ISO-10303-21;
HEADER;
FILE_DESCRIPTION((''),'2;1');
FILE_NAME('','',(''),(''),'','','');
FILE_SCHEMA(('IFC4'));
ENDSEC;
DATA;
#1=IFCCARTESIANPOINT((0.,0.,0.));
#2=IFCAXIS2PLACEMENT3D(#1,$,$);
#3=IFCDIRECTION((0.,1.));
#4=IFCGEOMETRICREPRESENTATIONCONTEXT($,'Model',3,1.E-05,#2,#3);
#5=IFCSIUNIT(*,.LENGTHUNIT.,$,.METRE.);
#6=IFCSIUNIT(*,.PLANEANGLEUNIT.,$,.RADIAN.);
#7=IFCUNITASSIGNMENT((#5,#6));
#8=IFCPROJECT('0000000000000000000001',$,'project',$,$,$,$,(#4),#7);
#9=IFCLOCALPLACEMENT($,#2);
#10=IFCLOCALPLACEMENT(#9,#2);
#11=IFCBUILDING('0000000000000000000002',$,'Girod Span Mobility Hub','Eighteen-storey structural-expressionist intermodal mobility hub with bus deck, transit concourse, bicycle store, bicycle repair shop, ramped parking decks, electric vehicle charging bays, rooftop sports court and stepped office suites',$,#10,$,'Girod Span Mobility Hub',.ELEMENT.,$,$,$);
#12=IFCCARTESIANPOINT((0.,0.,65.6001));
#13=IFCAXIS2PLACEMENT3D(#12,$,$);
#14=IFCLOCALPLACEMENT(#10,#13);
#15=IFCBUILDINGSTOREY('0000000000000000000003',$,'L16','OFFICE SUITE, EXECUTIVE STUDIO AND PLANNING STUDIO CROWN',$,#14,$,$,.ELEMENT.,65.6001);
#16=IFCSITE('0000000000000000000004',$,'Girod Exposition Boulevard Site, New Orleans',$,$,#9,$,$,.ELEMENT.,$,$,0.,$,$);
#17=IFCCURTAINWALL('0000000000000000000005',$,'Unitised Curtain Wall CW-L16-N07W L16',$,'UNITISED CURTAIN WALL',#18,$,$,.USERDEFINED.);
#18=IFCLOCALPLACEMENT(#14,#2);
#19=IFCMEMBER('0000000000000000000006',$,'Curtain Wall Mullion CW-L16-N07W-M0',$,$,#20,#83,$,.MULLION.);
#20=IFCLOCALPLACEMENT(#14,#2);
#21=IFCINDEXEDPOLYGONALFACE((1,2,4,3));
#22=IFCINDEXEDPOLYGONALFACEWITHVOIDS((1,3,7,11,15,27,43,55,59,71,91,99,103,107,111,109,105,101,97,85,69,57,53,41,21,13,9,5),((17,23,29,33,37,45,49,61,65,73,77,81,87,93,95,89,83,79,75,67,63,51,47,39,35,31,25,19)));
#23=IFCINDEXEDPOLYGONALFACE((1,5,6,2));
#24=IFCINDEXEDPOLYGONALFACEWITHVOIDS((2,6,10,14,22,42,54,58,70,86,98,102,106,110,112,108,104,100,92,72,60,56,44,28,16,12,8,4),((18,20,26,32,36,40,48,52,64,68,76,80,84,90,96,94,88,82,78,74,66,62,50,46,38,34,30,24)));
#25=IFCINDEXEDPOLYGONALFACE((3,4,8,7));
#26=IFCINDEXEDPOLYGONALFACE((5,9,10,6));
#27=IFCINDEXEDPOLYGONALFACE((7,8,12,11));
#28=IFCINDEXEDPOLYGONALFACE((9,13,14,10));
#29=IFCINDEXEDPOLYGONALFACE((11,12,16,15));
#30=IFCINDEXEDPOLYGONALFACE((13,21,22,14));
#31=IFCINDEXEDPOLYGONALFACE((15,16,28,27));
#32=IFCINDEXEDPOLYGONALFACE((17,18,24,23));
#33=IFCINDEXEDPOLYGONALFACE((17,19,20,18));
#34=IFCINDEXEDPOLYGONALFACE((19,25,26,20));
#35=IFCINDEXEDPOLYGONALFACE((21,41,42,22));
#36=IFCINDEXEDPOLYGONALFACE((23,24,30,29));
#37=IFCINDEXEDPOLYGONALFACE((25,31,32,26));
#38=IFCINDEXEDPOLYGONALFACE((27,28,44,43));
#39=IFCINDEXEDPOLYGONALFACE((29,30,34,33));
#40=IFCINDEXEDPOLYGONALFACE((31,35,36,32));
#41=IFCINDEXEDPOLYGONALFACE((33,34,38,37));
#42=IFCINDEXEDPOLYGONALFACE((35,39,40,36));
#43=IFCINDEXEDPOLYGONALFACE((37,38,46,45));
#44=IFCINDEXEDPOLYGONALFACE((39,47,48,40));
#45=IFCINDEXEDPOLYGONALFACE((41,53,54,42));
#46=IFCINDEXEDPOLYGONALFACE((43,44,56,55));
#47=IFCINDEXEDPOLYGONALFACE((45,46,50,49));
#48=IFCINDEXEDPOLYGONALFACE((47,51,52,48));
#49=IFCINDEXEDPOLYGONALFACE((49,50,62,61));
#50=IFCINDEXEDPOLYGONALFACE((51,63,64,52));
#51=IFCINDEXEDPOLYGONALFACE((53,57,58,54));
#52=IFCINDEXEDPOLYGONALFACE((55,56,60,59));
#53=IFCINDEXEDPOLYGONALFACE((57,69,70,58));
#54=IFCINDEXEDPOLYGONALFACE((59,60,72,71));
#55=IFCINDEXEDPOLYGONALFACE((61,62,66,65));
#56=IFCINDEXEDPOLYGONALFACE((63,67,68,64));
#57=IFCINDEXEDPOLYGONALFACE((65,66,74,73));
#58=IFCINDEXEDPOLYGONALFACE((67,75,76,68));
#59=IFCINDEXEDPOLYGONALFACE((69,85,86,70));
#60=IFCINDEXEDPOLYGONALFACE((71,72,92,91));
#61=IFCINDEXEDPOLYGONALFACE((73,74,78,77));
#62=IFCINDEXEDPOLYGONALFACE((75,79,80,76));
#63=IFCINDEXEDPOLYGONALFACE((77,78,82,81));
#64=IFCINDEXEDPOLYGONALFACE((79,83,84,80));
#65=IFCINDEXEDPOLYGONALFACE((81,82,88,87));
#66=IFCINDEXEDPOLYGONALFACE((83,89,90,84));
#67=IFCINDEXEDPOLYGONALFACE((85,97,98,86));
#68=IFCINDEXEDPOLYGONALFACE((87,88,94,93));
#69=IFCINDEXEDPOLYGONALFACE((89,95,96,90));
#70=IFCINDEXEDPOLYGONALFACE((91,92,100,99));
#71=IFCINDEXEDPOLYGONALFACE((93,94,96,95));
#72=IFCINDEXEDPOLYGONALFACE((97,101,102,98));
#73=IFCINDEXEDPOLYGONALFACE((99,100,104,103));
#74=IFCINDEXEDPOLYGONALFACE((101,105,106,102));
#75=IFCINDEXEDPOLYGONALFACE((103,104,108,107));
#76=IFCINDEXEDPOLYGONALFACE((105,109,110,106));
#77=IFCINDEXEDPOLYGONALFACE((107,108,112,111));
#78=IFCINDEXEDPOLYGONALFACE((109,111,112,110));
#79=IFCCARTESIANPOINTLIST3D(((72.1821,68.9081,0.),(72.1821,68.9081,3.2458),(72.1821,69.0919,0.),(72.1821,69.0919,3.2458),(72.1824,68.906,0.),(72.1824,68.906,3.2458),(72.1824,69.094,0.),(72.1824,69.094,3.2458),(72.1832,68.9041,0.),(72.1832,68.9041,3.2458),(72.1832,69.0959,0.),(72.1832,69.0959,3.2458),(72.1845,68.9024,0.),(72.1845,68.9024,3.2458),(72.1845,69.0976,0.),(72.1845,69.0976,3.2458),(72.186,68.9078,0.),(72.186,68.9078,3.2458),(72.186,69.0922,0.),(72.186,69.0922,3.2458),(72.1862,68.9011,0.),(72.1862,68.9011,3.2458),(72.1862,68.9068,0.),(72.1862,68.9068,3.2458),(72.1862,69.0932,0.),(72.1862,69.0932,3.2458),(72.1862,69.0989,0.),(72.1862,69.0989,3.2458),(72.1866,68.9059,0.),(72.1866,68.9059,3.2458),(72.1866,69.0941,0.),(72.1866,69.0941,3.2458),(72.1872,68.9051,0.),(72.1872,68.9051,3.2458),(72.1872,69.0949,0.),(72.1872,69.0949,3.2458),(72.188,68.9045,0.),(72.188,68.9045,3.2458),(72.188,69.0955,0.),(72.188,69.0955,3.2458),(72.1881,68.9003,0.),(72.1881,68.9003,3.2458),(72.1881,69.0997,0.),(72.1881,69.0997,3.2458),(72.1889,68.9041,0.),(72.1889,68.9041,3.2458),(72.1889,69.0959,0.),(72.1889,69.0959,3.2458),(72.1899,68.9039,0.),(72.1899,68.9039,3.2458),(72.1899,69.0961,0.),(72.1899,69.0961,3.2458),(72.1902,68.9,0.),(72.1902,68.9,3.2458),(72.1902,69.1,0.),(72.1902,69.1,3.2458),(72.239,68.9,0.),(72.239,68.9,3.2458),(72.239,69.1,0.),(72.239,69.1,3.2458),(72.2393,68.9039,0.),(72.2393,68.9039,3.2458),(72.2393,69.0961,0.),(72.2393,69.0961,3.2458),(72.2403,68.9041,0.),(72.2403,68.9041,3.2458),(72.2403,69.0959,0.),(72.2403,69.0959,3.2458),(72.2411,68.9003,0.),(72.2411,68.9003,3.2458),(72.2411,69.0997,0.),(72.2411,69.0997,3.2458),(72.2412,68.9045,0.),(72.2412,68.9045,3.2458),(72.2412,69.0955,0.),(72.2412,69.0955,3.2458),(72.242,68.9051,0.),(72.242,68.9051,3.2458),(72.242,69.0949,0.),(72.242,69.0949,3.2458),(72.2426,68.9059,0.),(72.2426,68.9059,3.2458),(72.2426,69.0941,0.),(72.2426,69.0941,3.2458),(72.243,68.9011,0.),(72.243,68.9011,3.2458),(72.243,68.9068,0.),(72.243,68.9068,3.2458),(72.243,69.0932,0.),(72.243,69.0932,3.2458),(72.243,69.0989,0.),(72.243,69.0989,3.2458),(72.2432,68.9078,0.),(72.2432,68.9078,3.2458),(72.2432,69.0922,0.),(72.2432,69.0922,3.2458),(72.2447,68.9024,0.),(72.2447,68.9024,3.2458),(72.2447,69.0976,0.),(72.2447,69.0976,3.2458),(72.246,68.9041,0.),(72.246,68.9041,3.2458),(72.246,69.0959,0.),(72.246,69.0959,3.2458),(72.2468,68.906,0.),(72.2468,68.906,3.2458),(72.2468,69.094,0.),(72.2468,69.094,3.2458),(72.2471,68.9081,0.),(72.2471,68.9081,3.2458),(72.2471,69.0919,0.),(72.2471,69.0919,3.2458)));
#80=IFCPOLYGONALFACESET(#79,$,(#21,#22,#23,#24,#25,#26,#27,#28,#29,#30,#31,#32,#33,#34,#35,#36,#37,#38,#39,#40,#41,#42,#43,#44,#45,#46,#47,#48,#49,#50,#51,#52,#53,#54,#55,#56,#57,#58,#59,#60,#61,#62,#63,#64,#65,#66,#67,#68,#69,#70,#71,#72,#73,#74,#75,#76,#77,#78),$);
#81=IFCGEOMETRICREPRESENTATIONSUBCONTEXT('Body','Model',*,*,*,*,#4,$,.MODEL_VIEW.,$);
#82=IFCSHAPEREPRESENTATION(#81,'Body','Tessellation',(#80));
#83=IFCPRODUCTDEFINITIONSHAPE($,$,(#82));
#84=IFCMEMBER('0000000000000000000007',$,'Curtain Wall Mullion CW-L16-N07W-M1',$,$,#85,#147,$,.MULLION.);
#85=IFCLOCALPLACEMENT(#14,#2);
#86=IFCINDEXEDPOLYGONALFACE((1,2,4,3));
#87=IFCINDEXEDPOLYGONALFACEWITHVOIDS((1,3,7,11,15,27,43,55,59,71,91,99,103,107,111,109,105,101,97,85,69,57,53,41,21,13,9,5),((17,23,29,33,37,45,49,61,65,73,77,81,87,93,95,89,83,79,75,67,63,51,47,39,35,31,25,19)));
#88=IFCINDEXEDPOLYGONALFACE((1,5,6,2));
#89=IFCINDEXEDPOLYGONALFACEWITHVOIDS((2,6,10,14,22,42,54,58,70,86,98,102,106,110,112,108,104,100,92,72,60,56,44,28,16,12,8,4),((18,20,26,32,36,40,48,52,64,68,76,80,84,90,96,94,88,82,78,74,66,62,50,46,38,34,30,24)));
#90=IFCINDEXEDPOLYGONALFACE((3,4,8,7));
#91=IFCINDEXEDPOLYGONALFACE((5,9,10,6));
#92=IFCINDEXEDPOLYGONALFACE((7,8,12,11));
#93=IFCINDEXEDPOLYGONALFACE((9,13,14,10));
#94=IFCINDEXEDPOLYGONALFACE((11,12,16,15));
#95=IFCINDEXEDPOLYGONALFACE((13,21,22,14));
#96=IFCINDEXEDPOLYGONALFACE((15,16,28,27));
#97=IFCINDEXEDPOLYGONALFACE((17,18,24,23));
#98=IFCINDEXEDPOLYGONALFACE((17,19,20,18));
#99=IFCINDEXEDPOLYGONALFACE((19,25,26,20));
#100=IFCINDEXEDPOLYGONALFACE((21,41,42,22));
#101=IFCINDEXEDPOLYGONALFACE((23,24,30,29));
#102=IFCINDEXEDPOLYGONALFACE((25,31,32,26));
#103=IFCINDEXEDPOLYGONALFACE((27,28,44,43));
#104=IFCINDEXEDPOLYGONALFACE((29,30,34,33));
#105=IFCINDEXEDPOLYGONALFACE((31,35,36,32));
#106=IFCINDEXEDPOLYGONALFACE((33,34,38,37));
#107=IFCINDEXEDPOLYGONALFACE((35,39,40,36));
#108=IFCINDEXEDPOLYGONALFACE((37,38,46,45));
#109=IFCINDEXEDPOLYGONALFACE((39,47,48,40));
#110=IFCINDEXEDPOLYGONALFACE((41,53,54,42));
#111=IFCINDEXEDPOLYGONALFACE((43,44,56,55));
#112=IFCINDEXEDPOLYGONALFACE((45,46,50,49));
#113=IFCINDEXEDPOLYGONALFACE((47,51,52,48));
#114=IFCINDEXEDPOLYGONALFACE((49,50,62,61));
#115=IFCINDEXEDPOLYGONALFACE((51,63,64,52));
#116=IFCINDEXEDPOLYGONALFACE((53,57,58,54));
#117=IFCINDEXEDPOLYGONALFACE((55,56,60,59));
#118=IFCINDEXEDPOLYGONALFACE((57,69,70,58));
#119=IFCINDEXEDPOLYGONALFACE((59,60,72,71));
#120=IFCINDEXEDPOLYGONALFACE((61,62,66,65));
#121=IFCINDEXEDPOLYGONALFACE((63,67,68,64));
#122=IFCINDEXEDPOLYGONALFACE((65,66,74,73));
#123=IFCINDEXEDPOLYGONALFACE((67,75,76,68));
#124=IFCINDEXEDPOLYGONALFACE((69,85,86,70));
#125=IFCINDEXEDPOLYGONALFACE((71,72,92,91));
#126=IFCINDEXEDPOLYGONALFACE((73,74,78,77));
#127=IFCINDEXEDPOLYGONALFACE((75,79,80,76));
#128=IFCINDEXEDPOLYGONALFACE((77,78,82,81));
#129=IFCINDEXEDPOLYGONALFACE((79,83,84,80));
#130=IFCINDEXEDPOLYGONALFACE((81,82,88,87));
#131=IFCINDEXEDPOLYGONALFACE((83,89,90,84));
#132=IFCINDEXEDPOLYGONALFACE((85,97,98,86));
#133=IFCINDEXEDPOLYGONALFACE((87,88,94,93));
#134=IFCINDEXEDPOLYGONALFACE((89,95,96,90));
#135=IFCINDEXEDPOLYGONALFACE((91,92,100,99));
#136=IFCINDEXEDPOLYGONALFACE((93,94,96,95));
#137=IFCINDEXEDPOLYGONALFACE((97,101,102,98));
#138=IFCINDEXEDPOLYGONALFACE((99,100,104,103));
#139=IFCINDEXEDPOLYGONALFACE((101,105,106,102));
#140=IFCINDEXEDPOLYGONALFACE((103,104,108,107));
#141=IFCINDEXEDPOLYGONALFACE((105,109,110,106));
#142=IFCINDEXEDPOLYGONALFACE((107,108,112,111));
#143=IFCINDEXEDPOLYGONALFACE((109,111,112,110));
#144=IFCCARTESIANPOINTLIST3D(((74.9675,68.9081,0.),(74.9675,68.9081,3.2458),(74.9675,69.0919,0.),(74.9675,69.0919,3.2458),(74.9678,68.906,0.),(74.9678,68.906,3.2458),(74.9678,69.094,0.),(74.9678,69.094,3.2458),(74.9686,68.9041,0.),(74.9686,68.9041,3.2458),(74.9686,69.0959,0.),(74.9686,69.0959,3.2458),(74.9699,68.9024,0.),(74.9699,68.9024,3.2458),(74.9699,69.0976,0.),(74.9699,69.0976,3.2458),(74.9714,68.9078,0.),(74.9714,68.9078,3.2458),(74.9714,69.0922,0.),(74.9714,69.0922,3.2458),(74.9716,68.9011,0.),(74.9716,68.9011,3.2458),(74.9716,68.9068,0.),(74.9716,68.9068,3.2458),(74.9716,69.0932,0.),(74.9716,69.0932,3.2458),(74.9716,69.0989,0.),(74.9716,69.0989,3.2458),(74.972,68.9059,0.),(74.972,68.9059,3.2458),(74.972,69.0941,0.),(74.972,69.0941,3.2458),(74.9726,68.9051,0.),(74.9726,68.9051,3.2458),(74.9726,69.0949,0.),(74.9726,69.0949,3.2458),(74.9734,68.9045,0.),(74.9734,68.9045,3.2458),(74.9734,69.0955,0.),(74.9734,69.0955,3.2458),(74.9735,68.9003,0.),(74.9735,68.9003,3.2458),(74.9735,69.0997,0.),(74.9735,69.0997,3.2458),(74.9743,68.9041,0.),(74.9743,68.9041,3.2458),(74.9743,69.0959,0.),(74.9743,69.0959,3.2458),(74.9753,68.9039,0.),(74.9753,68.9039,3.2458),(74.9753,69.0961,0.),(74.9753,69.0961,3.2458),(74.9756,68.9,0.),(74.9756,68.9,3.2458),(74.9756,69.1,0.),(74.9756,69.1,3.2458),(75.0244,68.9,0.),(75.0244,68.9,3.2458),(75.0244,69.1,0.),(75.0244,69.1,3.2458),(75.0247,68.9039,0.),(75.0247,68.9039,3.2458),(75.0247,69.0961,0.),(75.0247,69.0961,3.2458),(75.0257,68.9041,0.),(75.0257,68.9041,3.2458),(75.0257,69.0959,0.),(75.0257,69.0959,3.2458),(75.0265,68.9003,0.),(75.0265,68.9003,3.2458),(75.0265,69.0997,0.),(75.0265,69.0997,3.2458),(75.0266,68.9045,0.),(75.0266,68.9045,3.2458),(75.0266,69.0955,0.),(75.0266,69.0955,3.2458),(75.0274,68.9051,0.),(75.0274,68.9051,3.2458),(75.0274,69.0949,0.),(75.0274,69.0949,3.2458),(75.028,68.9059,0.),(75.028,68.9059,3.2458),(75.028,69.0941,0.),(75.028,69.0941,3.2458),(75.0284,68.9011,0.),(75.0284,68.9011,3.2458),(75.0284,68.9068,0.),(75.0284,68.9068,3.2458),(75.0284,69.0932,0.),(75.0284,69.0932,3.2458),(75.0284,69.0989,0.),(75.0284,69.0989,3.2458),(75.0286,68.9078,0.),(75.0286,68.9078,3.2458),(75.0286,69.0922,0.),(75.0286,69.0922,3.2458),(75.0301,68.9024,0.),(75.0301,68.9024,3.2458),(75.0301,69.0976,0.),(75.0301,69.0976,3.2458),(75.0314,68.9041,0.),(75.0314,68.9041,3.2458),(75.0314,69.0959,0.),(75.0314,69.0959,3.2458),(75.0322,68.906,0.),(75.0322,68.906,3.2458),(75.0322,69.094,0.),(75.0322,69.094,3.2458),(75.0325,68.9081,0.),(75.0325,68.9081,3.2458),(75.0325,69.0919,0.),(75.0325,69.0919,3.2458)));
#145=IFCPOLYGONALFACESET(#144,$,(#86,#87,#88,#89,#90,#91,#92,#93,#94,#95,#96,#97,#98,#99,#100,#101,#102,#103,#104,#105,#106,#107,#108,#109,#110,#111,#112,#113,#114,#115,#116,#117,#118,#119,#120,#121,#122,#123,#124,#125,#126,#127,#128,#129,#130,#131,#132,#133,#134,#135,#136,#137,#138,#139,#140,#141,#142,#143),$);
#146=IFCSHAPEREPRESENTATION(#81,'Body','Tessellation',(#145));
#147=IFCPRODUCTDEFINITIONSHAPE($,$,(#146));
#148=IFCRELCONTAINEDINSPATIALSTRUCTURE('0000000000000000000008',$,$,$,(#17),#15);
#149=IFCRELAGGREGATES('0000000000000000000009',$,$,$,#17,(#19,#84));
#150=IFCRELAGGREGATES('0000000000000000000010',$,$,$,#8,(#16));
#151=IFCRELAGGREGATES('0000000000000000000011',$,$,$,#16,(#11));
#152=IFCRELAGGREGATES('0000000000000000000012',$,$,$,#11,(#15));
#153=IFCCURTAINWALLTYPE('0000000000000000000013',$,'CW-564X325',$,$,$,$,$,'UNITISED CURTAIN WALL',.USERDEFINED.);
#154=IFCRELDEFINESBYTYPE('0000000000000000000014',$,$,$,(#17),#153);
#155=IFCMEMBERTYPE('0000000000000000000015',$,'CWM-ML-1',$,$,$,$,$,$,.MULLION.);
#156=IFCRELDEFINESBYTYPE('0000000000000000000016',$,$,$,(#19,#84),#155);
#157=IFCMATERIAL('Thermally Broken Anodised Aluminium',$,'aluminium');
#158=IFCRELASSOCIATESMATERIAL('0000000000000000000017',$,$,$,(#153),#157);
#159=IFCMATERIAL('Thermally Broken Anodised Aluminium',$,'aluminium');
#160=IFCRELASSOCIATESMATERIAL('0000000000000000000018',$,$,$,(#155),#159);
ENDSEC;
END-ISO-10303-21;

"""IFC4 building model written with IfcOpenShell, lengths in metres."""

from ifc_helpers import new_model, si_unit, direction, frame, origin, origin_2d, place, context, subcontext, project, spatial, hollow_rectangle, extrude, material, material_profile, profile_set, type_object, element, aggregate, save


model = new_model("IFC4")

# Units and contexts
model_context = context("Model", 3, precision=1e-05, world=origin(), true_north=direction((0.0, 1.0)))
body_context = subcontext(model_context, "Body", "Model", "MODEL_VIEW")
ifc_project = project(units=[si_unit("LENGTHUNIT", "METRE"), si_unit("PLANEANGLEUNIT", "RADIAN")], contexts=[model_context])

# Site, building, storey
site_placement = place(None, origin())
site = spatial("IfcSite", under=ifc_project, at=site_placement, Name="Girod Exposition Boulevard Site, New Orleans", CompositionType="ELEMENT", RefElevation=0.0)
building_placement = place(site_placement, origin())
building = spatial("IfcBuilding", under=site, at=building_placement, Name="Girod Span Mobility Hub", Description="Eighteen-storey structural-expressionist intermodal mobility hub with bus deck, transit concourse, bicycle store, bicycle repair shop, ramped parking decks, electric vehicle charging bays, rooftop sports court and stepped office suites", LongName="Girod Span Mobility Hub", CompositionType="ELEMENT")
storey_placement = place(building_placement, frame((0.0, 0.0, 65.6001)))
storey = spatial("IfcBuildingStorey", under=building, at=storey_placement, Name="L16", Description="OFFICE SUITE, EXECUTIVE STUDIO AND PLANNING STUDIO CROWN", CompositionType="ELEMENT", Elevation=65.6001)

# Curtain wall, members
ifc_material_1 = material(Name="Thermally Broken Anodised Aluminium", Category="aluminium")
curtain_wall_type = type_object("IfcCurtainWallType", Name="CW-564X325", ElementType="UNITISED CURTAIN WALL", PredefinedType="USERDEFINED", material=ifc_material_1)
curtain_wall_1_placement = place(storey_placement, origin())
curtain_wall_1 = element("IfcCurtainWall", 1, at=curtain_wall_1_placement, inside=storey, type_object=curtain_wall_type, Name="Unitised Curtain Wall CW-L16-N07W L16", ObjectType="UNITISED CURTAIN WALL", PredefinedType="USERDEFINED")
ifc_material_2 = material(Name="Thermally Broken Anodised Aluminium", Category="aluminium")
ifc_material_profile_1 = material_profile(ifc_material_2, hollow_rectangle(XDim=0.2, YDim=0.0649, WallThickness=0.0039, InnerFilletRadius=0.0039, OuterFilletRadius=0.0081, at=origin_2d()), Name="CW-ML-65X200")
ifc_profile_set_1 = profile_set([ifc_material_profile_1], Name="Thermally Broken Anodised Aluminium")
member_type_1 = type_object("IfcMemberType", Name="CWM-ML-1", PredefinedType="MULLION", material=ifc_profile_set_1)
member_1_placement = place(storey_placement, frame((72.2146, 69.0, 0.0), z_axis=(0.0, 0.0, 1.0), x_axis=(0.0, 1.0, 0.0)))
member_1 = element("IfcMember", 2, at=member_1_placement, type_object=member_type_1, Name="Curtain Wall Mullion CW-L16-N07W-M0", PredefinedType="MULLION", context=body_context, shape_type="SweptSolid", body=[
    extrude(hollow_rectangle(XDim=0.2, YDim=0.0649, WallThickness=0.0039, InnerFilletRadius=0.0039, OuterFilletRadius=0.0081, at=origin_2d()), origin(), (0.0, 0.0, 1.0), 3.2458),
])
member_2_placement = place(storey_placement, frame((75.0, 69.0, 0.0), z_axis=(0.0, 0.0, 1.0), x_axis=(0.0, 1.0, 0.0)))
member_2 = element("IfcMember", 3, at=member_2_placement, type_object=member_type_1, Name="Curtain Wall Mullion CW-L16-N07W-M1", PredefinedType="MULLION", context=body_context, shape_type="SweptSolid", body=[
    extrude(hollow_rectangle(XDim=0.2, YDim=0.0649, WallThickness=0.0039, InnerFilletRadius=0.0039, OuterFilletRadius=0.0081, at=origin_2d()), origin(), (0.0, 0.0, 1.0), 3.2458),
])

aggregate(curtain_wall_1, [member_1, member_2])

save(model, "model.ifc")
